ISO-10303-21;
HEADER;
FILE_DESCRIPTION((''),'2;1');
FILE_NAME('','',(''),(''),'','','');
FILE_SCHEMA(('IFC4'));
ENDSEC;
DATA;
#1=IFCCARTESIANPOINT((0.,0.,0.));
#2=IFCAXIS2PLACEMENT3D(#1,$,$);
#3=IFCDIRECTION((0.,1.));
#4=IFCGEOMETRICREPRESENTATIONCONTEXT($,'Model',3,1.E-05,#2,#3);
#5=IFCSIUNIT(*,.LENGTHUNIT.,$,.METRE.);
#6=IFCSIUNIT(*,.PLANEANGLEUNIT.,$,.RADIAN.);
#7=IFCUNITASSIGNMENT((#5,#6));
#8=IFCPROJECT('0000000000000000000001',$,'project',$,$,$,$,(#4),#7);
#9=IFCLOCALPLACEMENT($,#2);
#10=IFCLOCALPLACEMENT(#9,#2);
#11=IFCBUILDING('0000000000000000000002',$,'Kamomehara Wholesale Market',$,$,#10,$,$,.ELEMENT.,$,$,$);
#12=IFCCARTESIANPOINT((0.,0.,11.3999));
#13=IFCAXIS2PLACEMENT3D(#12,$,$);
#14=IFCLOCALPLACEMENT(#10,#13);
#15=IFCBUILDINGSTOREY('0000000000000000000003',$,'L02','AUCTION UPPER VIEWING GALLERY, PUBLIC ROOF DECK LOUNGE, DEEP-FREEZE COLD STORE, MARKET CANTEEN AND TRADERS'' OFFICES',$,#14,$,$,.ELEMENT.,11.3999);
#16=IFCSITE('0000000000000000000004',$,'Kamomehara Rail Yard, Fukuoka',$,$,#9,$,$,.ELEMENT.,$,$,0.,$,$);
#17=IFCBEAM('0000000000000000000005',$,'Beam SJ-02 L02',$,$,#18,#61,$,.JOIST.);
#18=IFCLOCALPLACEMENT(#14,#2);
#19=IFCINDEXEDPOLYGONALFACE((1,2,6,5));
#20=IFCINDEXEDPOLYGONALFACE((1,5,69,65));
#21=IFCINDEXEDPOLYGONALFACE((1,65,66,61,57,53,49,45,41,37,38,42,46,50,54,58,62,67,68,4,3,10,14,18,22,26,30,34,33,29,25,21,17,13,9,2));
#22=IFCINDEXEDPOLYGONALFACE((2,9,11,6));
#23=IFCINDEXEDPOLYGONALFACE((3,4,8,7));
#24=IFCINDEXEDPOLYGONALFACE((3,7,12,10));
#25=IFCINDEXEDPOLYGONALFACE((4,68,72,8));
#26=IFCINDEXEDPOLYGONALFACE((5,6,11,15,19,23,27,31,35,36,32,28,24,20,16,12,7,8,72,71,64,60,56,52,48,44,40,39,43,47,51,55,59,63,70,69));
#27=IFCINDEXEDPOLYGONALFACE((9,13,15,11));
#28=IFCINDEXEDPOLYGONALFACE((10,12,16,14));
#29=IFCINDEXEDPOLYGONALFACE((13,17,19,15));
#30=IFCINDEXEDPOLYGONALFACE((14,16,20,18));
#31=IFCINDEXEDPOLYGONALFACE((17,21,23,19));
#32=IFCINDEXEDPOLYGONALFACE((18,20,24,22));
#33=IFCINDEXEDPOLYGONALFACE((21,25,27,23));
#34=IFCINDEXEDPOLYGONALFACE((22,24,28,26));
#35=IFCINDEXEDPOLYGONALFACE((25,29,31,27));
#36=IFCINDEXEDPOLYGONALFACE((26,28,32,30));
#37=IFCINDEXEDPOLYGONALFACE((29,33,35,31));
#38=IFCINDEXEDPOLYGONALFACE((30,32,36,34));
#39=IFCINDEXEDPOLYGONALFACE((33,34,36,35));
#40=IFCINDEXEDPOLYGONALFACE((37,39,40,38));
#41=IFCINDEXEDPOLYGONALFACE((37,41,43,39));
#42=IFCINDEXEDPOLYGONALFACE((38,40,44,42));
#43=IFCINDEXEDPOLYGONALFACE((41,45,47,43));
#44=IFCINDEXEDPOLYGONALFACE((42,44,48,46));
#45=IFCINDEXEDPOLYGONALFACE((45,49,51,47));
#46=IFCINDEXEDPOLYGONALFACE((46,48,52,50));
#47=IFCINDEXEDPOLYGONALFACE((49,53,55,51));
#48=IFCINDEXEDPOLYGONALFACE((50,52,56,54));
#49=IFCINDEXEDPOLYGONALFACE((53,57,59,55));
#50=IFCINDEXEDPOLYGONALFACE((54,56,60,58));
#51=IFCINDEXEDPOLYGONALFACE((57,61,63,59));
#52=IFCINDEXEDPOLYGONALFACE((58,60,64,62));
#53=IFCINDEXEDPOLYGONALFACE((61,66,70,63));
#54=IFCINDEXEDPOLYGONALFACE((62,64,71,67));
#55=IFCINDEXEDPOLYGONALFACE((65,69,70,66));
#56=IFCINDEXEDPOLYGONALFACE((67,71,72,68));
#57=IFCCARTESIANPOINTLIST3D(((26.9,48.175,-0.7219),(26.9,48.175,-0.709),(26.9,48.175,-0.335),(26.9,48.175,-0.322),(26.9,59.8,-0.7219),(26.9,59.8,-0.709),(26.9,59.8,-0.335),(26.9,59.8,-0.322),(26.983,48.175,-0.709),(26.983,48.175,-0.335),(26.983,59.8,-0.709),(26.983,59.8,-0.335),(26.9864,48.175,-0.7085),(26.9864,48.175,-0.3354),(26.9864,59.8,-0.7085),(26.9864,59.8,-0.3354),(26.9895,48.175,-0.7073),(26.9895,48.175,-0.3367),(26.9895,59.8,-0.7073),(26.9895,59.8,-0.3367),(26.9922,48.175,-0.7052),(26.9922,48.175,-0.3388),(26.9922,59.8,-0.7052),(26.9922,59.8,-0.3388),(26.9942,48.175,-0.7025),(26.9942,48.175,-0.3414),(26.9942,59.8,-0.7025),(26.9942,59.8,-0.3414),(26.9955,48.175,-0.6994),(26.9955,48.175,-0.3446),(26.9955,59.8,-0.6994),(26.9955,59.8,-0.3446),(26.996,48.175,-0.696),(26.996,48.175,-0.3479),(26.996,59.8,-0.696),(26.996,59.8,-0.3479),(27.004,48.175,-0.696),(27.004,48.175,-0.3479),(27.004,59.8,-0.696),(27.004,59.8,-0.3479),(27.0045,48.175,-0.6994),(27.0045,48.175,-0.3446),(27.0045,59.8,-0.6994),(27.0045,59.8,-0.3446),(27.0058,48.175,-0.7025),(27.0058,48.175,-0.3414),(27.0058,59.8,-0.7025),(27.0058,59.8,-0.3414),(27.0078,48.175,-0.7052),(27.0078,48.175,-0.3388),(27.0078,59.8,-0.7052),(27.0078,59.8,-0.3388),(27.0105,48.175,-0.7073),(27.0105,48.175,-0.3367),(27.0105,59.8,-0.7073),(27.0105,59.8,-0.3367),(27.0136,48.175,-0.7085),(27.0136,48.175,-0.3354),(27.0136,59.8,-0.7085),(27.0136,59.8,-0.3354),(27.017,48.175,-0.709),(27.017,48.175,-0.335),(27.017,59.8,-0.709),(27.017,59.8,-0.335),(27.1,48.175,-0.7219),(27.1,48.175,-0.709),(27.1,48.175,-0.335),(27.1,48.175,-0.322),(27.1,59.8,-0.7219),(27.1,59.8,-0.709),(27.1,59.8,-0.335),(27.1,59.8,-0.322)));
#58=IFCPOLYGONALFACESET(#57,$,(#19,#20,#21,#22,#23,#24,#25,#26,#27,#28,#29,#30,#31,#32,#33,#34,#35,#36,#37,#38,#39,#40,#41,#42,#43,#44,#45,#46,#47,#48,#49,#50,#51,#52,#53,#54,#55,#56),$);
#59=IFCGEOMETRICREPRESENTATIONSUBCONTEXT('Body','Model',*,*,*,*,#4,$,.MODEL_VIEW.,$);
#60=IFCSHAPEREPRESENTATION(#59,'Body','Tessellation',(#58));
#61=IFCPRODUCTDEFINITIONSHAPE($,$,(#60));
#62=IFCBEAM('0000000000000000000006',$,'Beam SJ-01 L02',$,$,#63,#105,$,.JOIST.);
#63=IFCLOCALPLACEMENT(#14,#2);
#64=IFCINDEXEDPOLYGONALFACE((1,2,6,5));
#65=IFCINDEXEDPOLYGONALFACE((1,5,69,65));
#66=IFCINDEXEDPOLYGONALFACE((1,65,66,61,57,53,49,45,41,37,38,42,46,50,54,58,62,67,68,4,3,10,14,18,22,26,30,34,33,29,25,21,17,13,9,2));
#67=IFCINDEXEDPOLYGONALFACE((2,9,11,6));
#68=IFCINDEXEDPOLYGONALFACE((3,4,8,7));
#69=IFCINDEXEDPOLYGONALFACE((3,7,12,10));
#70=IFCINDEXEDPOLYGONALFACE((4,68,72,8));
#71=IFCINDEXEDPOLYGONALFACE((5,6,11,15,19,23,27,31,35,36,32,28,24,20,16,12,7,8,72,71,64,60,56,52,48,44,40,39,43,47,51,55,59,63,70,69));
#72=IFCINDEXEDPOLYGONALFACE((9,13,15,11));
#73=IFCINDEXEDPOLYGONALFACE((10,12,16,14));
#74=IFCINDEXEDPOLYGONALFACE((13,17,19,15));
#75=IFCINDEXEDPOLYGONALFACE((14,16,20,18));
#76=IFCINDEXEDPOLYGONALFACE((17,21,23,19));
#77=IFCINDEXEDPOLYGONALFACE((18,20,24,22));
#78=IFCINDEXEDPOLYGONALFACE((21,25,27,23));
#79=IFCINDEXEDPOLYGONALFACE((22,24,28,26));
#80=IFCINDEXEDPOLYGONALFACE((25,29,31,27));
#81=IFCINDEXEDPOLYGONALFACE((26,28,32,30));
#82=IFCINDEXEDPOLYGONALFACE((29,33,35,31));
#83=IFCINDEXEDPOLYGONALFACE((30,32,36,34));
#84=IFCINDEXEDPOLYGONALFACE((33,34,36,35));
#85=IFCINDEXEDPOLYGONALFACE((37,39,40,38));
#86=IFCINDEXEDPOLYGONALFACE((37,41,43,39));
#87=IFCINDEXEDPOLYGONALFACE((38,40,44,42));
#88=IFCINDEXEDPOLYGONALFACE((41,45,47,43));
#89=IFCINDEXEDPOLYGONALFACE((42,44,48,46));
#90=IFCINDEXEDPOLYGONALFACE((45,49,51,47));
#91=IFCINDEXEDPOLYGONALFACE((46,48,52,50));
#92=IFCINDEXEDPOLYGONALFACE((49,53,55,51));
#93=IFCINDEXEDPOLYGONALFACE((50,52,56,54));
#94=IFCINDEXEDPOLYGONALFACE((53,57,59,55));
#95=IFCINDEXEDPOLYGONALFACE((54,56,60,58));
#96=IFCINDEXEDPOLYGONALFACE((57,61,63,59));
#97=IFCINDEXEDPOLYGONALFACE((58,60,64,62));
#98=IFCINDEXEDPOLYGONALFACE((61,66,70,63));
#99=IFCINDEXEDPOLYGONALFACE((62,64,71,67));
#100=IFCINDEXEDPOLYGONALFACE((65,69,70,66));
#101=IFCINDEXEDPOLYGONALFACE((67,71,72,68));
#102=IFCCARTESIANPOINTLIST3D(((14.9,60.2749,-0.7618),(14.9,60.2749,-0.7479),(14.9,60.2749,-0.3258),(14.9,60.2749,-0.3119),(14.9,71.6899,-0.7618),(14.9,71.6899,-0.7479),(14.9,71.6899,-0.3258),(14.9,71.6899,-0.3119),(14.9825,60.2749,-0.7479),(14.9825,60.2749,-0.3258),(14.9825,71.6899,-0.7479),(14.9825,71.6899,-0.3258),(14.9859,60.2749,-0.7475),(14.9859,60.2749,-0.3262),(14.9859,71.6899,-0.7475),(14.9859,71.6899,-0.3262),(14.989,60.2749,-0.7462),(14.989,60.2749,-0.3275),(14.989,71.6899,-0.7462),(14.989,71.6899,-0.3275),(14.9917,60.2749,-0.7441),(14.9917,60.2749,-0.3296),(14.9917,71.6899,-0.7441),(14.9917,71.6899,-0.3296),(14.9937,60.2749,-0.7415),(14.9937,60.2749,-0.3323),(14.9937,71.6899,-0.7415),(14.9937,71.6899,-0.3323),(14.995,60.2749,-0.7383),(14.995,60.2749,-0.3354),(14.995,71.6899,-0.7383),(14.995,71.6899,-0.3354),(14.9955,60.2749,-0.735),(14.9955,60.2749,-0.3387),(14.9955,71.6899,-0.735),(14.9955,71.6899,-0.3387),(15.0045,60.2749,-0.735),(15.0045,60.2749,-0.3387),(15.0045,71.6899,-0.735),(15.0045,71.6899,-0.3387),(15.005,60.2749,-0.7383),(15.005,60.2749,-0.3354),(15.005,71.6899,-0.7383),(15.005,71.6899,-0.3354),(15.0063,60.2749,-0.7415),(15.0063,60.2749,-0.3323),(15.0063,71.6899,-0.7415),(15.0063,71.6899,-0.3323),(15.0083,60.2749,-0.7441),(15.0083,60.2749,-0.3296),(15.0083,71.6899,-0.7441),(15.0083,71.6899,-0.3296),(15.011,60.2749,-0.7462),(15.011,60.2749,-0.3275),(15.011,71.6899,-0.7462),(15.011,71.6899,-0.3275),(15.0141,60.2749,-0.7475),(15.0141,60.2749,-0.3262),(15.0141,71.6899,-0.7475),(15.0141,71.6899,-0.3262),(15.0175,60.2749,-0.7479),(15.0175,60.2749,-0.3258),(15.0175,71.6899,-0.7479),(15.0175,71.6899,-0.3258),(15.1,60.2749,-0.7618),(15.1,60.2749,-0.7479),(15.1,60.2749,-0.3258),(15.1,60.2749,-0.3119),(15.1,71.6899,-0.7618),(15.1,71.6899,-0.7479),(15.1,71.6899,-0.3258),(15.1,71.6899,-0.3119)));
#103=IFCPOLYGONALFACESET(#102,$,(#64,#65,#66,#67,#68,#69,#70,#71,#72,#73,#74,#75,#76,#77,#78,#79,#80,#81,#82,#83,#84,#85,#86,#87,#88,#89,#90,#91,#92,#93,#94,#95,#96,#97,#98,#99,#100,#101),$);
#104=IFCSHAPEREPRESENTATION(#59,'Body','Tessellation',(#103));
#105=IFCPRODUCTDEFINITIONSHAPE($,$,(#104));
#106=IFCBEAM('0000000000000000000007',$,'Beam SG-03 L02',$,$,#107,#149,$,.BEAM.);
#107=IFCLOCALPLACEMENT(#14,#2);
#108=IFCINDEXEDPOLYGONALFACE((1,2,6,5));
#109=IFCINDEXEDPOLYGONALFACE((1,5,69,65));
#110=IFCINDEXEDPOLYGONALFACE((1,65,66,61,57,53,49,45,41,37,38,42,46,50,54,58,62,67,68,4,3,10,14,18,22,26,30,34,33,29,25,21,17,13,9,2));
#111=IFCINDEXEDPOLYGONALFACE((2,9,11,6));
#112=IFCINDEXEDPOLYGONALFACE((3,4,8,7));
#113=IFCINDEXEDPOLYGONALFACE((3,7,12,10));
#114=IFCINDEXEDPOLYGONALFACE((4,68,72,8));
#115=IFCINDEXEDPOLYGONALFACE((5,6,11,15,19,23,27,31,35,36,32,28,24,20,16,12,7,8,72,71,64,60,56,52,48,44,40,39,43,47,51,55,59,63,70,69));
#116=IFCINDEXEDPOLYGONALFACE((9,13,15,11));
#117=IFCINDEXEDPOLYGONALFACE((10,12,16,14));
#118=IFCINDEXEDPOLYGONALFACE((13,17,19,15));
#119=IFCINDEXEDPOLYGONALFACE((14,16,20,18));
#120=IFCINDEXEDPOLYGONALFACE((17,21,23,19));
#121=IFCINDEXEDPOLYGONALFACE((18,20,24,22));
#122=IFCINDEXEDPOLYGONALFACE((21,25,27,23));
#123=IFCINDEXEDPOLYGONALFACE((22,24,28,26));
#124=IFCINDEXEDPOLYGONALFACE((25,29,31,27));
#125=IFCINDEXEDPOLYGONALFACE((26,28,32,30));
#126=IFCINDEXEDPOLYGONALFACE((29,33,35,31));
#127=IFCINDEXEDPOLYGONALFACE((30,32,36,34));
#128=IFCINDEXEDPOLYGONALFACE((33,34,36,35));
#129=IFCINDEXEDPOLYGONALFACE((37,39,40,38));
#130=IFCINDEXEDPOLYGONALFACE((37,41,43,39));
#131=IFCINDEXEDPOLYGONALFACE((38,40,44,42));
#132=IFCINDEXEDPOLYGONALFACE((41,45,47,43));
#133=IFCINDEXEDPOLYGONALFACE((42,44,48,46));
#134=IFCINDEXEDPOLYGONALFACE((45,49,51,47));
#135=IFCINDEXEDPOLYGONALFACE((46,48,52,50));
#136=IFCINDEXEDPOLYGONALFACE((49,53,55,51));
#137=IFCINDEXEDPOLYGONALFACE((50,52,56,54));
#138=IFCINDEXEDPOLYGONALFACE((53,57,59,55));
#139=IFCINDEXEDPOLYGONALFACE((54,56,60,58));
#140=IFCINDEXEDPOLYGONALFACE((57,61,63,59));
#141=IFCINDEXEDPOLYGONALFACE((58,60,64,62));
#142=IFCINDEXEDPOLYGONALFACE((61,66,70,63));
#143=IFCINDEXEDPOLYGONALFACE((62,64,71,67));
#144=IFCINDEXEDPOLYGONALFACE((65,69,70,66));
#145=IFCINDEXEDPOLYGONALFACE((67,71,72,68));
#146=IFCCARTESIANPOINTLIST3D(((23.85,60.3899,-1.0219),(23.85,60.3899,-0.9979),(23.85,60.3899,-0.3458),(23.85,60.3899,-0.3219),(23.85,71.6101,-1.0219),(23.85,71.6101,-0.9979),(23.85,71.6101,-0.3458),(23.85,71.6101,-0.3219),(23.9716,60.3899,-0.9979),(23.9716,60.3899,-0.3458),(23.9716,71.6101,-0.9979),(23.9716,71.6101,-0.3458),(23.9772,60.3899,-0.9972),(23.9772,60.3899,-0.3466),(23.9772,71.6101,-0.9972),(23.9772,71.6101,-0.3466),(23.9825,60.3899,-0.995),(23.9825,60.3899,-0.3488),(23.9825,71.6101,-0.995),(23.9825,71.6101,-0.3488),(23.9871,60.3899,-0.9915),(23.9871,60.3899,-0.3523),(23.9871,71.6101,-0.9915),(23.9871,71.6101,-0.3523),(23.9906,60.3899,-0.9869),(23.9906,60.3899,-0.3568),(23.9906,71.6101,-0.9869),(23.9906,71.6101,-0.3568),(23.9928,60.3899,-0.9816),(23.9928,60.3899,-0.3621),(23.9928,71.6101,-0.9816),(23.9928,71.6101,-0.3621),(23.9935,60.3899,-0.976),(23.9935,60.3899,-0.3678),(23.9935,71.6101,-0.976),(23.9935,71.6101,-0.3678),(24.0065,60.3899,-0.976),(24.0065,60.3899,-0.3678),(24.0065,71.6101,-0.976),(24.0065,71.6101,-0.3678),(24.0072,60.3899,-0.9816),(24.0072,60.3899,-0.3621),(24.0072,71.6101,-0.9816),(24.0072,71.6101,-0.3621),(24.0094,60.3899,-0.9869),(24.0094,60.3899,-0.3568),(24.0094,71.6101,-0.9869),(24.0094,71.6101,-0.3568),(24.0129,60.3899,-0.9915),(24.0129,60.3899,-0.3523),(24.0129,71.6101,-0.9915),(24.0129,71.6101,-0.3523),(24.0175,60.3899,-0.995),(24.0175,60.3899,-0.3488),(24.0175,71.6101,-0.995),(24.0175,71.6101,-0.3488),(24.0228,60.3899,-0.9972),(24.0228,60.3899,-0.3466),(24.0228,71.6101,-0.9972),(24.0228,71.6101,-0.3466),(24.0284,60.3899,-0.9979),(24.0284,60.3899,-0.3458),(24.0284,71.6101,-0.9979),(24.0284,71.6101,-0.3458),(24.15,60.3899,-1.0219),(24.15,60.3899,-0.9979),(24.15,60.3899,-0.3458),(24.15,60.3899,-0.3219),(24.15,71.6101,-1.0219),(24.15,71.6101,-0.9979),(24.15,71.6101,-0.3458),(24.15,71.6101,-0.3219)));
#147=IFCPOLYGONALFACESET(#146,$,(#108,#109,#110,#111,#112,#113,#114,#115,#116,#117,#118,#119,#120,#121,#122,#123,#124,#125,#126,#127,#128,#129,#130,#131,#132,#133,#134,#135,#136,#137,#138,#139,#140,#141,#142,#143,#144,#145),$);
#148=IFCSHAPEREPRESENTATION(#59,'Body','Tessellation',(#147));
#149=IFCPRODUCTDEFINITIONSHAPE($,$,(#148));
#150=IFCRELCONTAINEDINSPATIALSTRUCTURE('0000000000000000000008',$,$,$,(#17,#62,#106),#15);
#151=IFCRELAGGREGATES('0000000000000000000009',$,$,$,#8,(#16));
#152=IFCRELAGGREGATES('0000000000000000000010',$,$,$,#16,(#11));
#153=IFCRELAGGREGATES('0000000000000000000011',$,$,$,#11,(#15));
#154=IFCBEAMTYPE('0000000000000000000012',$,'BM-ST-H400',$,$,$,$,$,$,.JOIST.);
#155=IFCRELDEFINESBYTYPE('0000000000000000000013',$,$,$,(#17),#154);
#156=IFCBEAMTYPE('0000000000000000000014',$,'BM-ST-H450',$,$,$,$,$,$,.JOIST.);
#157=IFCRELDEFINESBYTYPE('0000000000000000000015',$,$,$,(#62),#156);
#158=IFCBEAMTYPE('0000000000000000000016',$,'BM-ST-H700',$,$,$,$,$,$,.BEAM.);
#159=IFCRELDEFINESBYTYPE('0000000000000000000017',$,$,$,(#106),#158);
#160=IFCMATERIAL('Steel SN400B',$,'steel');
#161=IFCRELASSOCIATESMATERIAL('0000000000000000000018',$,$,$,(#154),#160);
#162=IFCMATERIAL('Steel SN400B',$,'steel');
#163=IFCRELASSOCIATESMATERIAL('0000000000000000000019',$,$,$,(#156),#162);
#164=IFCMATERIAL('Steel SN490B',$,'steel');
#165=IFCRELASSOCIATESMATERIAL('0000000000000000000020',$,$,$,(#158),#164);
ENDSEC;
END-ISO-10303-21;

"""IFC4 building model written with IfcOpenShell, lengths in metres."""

from ifc_helpers import new_model, si_unit, direction, frame, origin, origin_2d, place, context, subcontext, project, spatial, i_section, extrude, material, material_profile, profile_set, type_object, element, save


model = new_model("IFC4")

# Units and contexts
model_context = context("Model", 3, precision=1e-05, world=origin(), true_north=direction((0.0, 1.0)))
body_context = subcontext(model_context, "Body", "Model", "MODEL_VIEW")
ifc_project = project(units=[si_unit("LENGTHUNIT", "METRE"), si_unit("PLANEANGLEUNIT", "RADIAN")], contexts=[model_context])

# Site, building, storey
site_placement = place(None, origin())
site = spatial("IfcSite", under=ifc_project, at=site_placement, Name="Kamomehara Rail Yard, Fukuoka", CompositionType="ELEMENT", RefElevation=0.0)
building_placement = place(site_placement, origin())
building = spatial("IfcBuilding", under=site, at=building_placement, Name="Kamomehara Wholesale Market", CompositionType="ELEMENT")
storey_placement = place(building_placement, frame((0.0, 0.0, 11.3999)))
storey = spatial("IfcBuildingStorey", under=building, at=storey_placement, Name="L02", Description="AUCTION UPPER VIEWING GALLERY, PUBLIC ROOF DECK LOUNGE, DEEP-FREEZE COLD STORE, MARKET CANTEEN AND TRADERS' OFFICES", CompositionType="ELEMENT", Elevation=11.3999)

# Beams
ifc_material_1 = material(Name="Steel SN400B", Category="steel")
ifc_material_profile_1 = material_profile(ifc_material_1, i_section(OverallWidth=0.2, OverallDepth=0.3999, WebThickness=0.0081, FlangeThickness=0.0129, FilletRadius=0.0129, at=origin_2d()), Name="H-400x200x8x13")
ifc_profile_set_1 = profile_set([ifc_material_profile_1], Name="Steel SN400B")
beam_type_1 = type_object("IfcBeamType", Name="BM-ST-H400", PredefinedType="JOIST", material=ifc_profile_set_1)
beam_1_placement = place(storey_placement, frame((27.0, 48.175, -0.522), z_axis=(0.0, 1.0, 0.0), x_axis=(-1.0, 0.0, 0.0)))
element("IfcBeam", 1, at=beam_1_placement, inside=storey, type_object=beam_type_1, Name="Beam SJ-02 L02", PredefinedType="JOIST", context=body_context, shape_type="SweptSolid", body=[
    extrude(i_section(OverallWidth=0.2, OverallDepth=0.3999, WebThickness=0.0081, FlangeThickness=0.0129, FilletRadius=0.0129, at=origin_2d()), origin(), (0.0, 0.0, 1.0), 11.625),
])
ifc_material_2 = material(Name="Steel SN400B", Category="steel")
ifc_material_profile_2 = material_profile(ifc_material_2, i_section(OverallWidth=0.2, OverallDepth=0.45, WebThickness=0.009, FlangeThickness=0.0139, FilletRadius=0.0129, at=origin_2d()), Name="H-450x200x9x14")
ifc_profile_set_2 = profile_set([ifc_material_profile_2], Name="Steel SN400B")
beam_type_2 = type_object("IfcBeamType", Name="BM-ST-H450", PredefinedType="JOIST", material=ifc_profile_set_2)
beam_2_placement = place(storey_placement, frame((15.0, 60.2749, -0.5369), z_axis=(0.0, 1.0, 0.0), x_axis=(-1.0, 0.0, 0.0)))
element("IfcBeam", 2, at=beam_2_placement, inside=storey, type_object=beam_type_2, Name="Beam SJ-01 L02", PredefinedType="JOIST", context=body_context, shape_type="SweptSolid", body=[
    extrude(i_section(OverallWidth=0.2, OverallDepth=0.45, WebThickness=0.009, FlangeThickness=0.0139, FilletRadius=0.0129, at=origin_2d()), origin(), (0.0, 0.0, 1.0), 11.415),
])
ifc_material_3 = material(Name="Steel SN490B", Category="steel")
ifc_material_profile_3 = material_profile(ifc_material_3, i_section(OverallWidth=0.3, OverallDepth=0.7, WebThickness=0.0129, FlangeThickness=0.0239, FilletRadius=0.022, at=origin_2d()), Name="H-700x300x13x24")
ifc_profile_set_3 = profile_set([ifc_material_profile_3], Name="Steel SN490B")
beam_type_3 = type_object("IfcBeamType", Name="BM-ST-H700", PredefinedType="BEAM", material=ifc_profile_set_3)
beam_3_placement = place(storey_placement, frame((24.0, 60.3899, -0.6719), z_axis=(0.0, 1.0, 0.0), x_axis=(-1.0, 0.0, 0.0)))
element("IfcBeam", 3, at=beam_3_placement, inside=storey, type_object=beam_type_3, Name="Beam SG-03 L02", PredefinedType="BEAM", context=body_context, shape_type="SweptSolid", body=[
    extrude(i_section(OverallWidth=0.3, OverallDepth=0.7, WebThickness=0.0129, FlangeThickness=0.0239, FilletRadius=0.022, at=origin_2d()), origin(), (0.0, 0.0, 1.0), 11.2202),
])

save(model, "model.ifc")
